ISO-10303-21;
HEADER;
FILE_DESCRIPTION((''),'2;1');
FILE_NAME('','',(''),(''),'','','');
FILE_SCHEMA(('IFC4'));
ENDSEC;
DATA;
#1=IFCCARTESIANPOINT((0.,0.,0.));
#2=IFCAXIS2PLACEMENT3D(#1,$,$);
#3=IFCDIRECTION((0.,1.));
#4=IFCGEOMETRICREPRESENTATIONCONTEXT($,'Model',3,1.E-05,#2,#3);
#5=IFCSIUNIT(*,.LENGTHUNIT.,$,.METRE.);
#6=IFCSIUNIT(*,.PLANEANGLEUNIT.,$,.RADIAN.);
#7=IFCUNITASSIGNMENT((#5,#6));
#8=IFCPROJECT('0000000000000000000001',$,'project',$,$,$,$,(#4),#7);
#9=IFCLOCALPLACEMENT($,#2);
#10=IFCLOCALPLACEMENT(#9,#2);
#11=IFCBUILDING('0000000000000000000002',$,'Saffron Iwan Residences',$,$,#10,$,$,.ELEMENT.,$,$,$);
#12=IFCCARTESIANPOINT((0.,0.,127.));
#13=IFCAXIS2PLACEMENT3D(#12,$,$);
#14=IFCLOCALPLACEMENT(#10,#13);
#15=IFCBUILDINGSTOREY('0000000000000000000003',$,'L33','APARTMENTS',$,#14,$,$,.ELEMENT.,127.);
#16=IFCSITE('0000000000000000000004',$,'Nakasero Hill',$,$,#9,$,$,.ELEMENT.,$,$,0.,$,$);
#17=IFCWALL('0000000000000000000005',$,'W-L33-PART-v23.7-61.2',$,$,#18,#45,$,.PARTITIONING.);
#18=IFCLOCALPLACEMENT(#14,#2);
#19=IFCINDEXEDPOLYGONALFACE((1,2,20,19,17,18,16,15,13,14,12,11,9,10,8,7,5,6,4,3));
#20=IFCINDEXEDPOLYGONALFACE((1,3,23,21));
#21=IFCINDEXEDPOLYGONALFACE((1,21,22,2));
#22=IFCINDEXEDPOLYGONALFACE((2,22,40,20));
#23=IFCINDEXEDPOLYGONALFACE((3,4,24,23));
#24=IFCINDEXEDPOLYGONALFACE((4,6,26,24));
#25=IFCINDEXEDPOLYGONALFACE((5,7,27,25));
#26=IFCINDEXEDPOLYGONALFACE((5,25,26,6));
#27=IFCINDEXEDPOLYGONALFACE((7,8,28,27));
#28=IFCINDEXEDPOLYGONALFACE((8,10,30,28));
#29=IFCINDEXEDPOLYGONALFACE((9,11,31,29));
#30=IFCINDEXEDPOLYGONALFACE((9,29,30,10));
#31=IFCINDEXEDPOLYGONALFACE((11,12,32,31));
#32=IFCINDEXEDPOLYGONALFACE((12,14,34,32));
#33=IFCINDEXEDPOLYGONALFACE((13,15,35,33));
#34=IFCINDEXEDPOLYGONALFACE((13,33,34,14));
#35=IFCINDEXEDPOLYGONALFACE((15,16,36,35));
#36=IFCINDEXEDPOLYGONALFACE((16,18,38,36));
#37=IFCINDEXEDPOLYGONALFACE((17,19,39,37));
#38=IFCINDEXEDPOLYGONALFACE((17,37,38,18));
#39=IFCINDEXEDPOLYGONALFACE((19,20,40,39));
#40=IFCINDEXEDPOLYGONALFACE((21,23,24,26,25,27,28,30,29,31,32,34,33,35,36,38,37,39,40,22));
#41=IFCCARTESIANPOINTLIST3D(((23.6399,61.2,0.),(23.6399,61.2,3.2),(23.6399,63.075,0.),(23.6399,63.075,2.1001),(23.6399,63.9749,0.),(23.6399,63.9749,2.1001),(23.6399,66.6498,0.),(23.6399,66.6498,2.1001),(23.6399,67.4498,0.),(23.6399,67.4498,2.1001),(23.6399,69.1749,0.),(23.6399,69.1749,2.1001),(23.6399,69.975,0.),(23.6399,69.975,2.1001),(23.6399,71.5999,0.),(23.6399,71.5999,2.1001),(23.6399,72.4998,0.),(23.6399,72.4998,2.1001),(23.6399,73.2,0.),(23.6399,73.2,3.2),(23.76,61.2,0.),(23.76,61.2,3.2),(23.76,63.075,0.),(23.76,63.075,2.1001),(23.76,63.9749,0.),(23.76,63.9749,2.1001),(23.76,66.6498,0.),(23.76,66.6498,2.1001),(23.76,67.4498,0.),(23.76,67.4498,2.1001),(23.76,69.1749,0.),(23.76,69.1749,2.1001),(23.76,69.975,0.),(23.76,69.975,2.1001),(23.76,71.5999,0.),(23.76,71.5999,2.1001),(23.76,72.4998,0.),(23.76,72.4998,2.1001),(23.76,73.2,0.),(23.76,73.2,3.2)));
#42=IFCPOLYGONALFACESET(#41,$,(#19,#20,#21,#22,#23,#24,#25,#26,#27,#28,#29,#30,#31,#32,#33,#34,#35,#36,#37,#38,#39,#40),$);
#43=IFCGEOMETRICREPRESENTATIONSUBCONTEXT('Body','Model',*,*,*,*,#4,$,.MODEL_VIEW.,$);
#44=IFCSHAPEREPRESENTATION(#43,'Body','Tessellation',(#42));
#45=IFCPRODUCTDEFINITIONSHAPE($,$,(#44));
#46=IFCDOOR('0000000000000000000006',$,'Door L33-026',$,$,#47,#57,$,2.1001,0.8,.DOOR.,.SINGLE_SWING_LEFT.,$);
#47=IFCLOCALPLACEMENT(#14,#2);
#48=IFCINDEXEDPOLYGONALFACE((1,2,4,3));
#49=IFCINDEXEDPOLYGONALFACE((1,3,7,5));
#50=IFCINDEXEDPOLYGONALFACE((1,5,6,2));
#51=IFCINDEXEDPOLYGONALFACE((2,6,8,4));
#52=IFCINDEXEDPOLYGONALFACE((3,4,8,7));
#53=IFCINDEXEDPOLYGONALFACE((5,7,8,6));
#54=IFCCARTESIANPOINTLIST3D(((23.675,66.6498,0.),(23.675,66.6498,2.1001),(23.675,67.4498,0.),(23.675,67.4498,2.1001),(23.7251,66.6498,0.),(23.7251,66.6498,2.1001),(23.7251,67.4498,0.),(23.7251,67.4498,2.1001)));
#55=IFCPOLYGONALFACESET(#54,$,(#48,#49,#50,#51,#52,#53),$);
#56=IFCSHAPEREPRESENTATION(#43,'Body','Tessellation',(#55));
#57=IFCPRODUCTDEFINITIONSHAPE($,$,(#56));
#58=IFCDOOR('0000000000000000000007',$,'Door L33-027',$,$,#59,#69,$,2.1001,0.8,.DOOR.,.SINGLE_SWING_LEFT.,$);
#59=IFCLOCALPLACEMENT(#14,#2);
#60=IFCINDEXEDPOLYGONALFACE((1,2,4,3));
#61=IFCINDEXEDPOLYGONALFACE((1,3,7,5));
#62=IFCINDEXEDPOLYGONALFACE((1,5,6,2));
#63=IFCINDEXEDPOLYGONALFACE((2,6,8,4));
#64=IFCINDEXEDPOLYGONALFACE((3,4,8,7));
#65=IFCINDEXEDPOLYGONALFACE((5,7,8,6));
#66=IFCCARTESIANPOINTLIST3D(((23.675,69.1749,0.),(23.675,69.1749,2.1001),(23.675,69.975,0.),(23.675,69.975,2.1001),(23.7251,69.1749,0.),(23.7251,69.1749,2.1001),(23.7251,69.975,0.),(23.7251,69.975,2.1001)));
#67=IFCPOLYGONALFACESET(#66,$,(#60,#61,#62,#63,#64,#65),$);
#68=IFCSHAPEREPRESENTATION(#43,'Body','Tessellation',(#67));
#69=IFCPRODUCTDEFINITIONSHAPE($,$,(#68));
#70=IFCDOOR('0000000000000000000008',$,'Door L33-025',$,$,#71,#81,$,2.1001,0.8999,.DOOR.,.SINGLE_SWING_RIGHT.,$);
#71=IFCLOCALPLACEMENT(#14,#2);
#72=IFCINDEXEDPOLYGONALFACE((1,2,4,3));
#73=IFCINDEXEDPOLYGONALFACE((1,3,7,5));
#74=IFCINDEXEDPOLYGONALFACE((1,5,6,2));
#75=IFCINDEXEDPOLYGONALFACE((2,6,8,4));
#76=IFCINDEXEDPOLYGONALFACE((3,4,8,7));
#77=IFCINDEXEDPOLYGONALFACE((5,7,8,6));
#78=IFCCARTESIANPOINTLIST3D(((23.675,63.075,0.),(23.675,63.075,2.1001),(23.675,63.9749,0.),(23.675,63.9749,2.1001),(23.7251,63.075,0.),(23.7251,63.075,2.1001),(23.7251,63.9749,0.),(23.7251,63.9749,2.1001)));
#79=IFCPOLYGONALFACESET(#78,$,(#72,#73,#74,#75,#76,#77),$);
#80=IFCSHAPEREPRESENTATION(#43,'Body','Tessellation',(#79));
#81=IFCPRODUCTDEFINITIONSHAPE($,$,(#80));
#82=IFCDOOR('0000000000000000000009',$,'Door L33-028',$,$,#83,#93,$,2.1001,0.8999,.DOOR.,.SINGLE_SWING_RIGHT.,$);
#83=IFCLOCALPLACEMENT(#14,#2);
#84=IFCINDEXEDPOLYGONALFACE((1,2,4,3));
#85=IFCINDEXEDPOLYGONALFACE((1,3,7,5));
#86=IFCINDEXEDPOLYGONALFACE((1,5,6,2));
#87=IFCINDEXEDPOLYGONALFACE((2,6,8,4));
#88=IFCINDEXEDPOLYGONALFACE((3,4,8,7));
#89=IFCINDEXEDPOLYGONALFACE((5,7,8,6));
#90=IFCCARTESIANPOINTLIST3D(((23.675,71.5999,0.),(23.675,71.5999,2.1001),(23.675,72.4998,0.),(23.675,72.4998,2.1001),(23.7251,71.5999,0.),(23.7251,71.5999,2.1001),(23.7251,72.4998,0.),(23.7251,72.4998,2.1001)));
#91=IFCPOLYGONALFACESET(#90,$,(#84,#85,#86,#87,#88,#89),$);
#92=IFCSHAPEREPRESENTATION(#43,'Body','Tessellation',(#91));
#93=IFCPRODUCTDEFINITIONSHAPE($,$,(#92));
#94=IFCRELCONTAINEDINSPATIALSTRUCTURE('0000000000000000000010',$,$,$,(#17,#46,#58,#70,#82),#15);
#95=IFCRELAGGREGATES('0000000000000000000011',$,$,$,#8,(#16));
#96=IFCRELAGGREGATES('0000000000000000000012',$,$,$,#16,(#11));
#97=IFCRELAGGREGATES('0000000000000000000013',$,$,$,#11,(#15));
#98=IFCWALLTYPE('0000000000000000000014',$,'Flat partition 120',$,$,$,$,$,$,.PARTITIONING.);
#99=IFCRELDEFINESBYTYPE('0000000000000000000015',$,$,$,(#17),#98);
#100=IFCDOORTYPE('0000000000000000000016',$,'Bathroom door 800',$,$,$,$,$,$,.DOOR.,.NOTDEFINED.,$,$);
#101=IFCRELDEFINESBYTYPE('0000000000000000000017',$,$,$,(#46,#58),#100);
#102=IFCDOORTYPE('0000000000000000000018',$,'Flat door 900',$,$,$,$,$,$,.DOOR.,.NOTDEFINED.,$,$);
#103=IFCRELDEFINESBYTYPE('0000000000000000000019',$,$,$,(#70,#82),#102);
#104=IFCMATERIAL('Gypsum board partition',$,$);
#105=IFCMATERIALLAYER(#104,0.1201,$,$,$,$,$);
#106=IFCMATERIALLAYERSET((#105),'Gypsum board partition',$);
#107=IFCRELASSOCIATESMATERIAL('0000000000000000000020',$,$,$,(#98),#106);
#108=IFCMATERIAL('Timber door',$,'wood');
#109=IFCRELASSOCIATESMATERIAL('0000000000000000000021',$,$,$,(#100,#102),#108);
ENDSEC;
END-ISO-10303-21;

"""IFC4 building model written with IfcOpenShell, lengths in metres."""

from ifc_helpers import new_model, si_unit, direction, frame, frame_2d, origin, place, context, subcontext, project, spatial, rectangle, extrude, material, layer, layer_set, type_object, element, fill, save


model = new_model("IFC4")

# Units and contexts
model_context = context("Model", 3, precision=1e-05, world=origin(), true_north=direction((0.0, 1.0)))
body_context = subcontext(model_context, "Body", "Model", "MODEL_VIEW")
ifc_project = project(units=[si_unit("LENGTHUNIT", "METRE"), si_unit("PLANEANGLEUNIT", "RADIAN")], contexts=[model_context])

# Site, building, storey
site_placement = place(None, origin())
site = spatial("IfcSite", under=ifc_project, at=site_placement, Name="Nakasero Hill", CompositionType="ELEMENT", RefElevation=0.0)
building_placement = place(site_placement, origin())
building = spatial("IfcBuilding", under=site, at=building_placement, Name="Saffron Iwan Residences", CompositionType="ELEMENT")
storey_placement = place(building_placement, frame((0.0, 0.0, 127.0)))
storey = spatial("IfcBuildingStorey", under=building, at=storey_placement, Name="L33", Description="APARTMENTS", CompositionType="ELEMENT", Elevation=127.0)

# Shared definitions
ifc_material_1 = material(Name="Gypsum board partition")
ifc_layer_1 = layer(ifc_material_1, 0.1201)
ifc_layer_set_1 = layer_set([ifc_layer_1], Name="Gypsum board partition")
wall_type_1 = type_object("IfcWallType", Name="Flat partition 120", PredefinedType="PARTITIONING", material=ifc_layer_set_1)

# Shared definitions
ifc_material_2 = material(Name="Timber door", Category="wood")
door_type_1 = type_object("IfcDoorType", Name="Bathroom door 800", OperationType="NOTDEFINED", PredefinedType="DOOR", material=ifc_material_2)

# Wall, openings, doors
door_type_2 = type_object("IfcDoorType", Name="Flat door 900", OperationType="NOTDEFINED", PredefinedType="DOOR", material=ifc_material_2)
wall_1_placement = place(storey_placement, frame((23.7, 61.2, 0.0), z_axis=(0.0, 0.0, 1.0), x_axis=(0.0, 1.0, 0.0)))
wall_1 = element("IfcWall", 1, at=wall_1_placement, inside=storey, type_object=wall_type_1, Name="W-L33-PART-v23.7-61.2", PredefinedType="PARTITIONING", context=body_context, shape_type="SweptSolid", body=[
    extrude(rectangle(XDim=12.0, YDim=0.1201, at=frame_2d((6.0, 0.0))), origin(), (0.0, 0.0, 1.0), 3.2),
])
opening_1_placement = place(wall_1_placement, frame((1.875, 0.0, 0.0)))
opening_1 = element("IfcOpeningElement", 2, at=opening_1_placement, cuts=wall_1, PredefinedType="OPENING", context=body_context, shape_type="SweptSolid", body=[
    extrude(rectangle(XDim=0.8999, YDim=2.1001, at=frame_2d((0.45, 1.05))), frame((0.0, 0.0701, 0.0), z_axis=(0.0, -1.0, 0.0), x_axis=(1.0, 0.0, 0.0)), (0.0, 0.0, 1.0), 0.1401),
])
opening_2_placement = place(wall_1_placement, frame((5.45, 0.0, 0.0)))
opening_2 = element("IfcOpeningElement", 3, at=opening_2_placement, cuts=wall_1, PredefinedType="OPENING", context=body_context, shape_type="SweptSolid", body=[
    extrude(rectangle(XDim=0.8, YDim=2.1001, at=frame_2d((0.3999, 1.05))), frame((0.0, 0.0701, 0.0), z_axis=(0.0, -1.0, 0.0), x_axis=(1.0, 0.0, 0.0)), (0.0, 0.0, 1.0), 0.1401),
])
opening_3_placement = place(wall_1_placement, frame((7.9751, 0.0, 0.0)))
opening_3 = element("IfcOpeningElement", 4, at=opening_3_placement, cuts=wall_1, PredefinedType="OPENING", context=body_context, shape_type="SweptSolid", body=[
    extrude(rectangle(XDim=0.8, YDim=2.1001, at=frame_2d((0.3999, 1.05))), frame((0.0, 0.0701, 0.0), z_axis=(0.0, -1.0, 0.0), x_axis=(1.0, 0.0, 0.0)), (0.0, 0.0, 1.0), 0.1401),
])
opening_4_placement = place(wall_1_placement, frame((10.3999, 0.0, 0.0)))
opening_4 = element("IfcOpeningElement", 5, at=opening_4_placement, cuts=wall_1, PredefinedType="OPENING", context=body_context, shape_type="SweptSolid", body=[
    extrude(rectangle(XDim=0.8999, YDim=2.1001, at=frame_2d((0.45, 1.05))), frame((0.0, 0.0701, 0.0), z_axis=(0.0, -1.0, 0.0), x_axis=(1.0, 0.0, 0.0)), (0.0, 0.0, 1.0), 0.1401),
])
door_1_placement = place(opening_2_placement, origin())
door_1 = element("IfcDoor", 6, at=door_1_placement, inside=storey, type_object=door_type_1, Name="Door L33-026", OperationType="SINGLE_SWING_LEFT", OverallHeight=2.1001, OverallWidth=0.8, PredefinedType="DOOR", context=body_context, shape_type="SweptSolid", body=[
    extrude(rectangle(XDim=0.8, YDim=2.1001, at=frame_2d((0.3999, 1.05))), frame((0.0, 0.0249, 0.0), z_axis=(0.0, -1.0, 0.0), x_axis=(1.0, 0.0, 0.0)), (0.0, 0.0, 1.0), 0.05),
])
fill(opening_2, door_1)
door_2_placement = place(opening_3_placement, origin())
door_2 = element("IfcDoor", 7, at=door_2_placement, inside=storey, type_object=door_type_1, Name="Door L33-027", OperationType="SINGLE_SWING_LEFT", OverallHeight=2.1001, OverallWidth=0.8, PredefinedType="DOOR", context=body_context, shape_type="SweptSolid", body=[
    extrude(rectangle(XDim=0.8, YDim=2.1001, at=frame_2d((0.3999, 1.05))), frame((0.0, 0.0249, 0.0), z_axis=(0.0, -1.0, 0.0), x_axis=(1.0, 0.0, 0.0)), (0.0, 0.0, 1.0), 0.05),
])
fill(opening_3, door_2)
door_3_placement = place(opening_1_placement, origin())
door_3 = element("IfcDoor", 8, at=door_3_placement, inside=storey, type_object=door_type_2, Name="Door L33-025", OperationType="SINGLE_SWING_RIGHT", OverallHeight=2.1001, OverallWidth=0.8999, PredefinedType="DOOR", context=body_context, shape_type="SweptSolid", body=[
    extrude(rectangle(XDim=0.8999, YDim=2.1001, at=frame_2d((0.45, 1.05))), frame((0.0, 0.0249, 0.0), z_axis=(0.0, -1.0, 0.0), x_axis=(1.0, 0.0, 0.0)), (0.0, 0.0, 1.0), 0.05),
])
fill(opening_1, door_3)
door_4_placement = place(opening_4_placement, origin())
door_4 = element("IfcDoor", 9, at=door_4_placement, inside=storey, type_object=door_type_2, Name="Door L33-028", OperationType="SINGLE_SWING_RIGHT", OverallHeight=2.1001, OverallWidth=0.8999, PredefinedType="DOOR", context=body_context, shape_type="SweptSolid", body=[
    extrude(rectangle(XDim=0.8999, YDim=2.1001, at=frame_2d((0.45, 1.05))), frame((0.0, 0.0249, 0.0), z_axis=(0.0, -1.0, 0.0), x_axis=(1.0, 0.0, 0.0)), (0.0, 0.0, 1.0), 0.05),
])
fill(opening_4, door_4)

save(model, "model.ifc")
